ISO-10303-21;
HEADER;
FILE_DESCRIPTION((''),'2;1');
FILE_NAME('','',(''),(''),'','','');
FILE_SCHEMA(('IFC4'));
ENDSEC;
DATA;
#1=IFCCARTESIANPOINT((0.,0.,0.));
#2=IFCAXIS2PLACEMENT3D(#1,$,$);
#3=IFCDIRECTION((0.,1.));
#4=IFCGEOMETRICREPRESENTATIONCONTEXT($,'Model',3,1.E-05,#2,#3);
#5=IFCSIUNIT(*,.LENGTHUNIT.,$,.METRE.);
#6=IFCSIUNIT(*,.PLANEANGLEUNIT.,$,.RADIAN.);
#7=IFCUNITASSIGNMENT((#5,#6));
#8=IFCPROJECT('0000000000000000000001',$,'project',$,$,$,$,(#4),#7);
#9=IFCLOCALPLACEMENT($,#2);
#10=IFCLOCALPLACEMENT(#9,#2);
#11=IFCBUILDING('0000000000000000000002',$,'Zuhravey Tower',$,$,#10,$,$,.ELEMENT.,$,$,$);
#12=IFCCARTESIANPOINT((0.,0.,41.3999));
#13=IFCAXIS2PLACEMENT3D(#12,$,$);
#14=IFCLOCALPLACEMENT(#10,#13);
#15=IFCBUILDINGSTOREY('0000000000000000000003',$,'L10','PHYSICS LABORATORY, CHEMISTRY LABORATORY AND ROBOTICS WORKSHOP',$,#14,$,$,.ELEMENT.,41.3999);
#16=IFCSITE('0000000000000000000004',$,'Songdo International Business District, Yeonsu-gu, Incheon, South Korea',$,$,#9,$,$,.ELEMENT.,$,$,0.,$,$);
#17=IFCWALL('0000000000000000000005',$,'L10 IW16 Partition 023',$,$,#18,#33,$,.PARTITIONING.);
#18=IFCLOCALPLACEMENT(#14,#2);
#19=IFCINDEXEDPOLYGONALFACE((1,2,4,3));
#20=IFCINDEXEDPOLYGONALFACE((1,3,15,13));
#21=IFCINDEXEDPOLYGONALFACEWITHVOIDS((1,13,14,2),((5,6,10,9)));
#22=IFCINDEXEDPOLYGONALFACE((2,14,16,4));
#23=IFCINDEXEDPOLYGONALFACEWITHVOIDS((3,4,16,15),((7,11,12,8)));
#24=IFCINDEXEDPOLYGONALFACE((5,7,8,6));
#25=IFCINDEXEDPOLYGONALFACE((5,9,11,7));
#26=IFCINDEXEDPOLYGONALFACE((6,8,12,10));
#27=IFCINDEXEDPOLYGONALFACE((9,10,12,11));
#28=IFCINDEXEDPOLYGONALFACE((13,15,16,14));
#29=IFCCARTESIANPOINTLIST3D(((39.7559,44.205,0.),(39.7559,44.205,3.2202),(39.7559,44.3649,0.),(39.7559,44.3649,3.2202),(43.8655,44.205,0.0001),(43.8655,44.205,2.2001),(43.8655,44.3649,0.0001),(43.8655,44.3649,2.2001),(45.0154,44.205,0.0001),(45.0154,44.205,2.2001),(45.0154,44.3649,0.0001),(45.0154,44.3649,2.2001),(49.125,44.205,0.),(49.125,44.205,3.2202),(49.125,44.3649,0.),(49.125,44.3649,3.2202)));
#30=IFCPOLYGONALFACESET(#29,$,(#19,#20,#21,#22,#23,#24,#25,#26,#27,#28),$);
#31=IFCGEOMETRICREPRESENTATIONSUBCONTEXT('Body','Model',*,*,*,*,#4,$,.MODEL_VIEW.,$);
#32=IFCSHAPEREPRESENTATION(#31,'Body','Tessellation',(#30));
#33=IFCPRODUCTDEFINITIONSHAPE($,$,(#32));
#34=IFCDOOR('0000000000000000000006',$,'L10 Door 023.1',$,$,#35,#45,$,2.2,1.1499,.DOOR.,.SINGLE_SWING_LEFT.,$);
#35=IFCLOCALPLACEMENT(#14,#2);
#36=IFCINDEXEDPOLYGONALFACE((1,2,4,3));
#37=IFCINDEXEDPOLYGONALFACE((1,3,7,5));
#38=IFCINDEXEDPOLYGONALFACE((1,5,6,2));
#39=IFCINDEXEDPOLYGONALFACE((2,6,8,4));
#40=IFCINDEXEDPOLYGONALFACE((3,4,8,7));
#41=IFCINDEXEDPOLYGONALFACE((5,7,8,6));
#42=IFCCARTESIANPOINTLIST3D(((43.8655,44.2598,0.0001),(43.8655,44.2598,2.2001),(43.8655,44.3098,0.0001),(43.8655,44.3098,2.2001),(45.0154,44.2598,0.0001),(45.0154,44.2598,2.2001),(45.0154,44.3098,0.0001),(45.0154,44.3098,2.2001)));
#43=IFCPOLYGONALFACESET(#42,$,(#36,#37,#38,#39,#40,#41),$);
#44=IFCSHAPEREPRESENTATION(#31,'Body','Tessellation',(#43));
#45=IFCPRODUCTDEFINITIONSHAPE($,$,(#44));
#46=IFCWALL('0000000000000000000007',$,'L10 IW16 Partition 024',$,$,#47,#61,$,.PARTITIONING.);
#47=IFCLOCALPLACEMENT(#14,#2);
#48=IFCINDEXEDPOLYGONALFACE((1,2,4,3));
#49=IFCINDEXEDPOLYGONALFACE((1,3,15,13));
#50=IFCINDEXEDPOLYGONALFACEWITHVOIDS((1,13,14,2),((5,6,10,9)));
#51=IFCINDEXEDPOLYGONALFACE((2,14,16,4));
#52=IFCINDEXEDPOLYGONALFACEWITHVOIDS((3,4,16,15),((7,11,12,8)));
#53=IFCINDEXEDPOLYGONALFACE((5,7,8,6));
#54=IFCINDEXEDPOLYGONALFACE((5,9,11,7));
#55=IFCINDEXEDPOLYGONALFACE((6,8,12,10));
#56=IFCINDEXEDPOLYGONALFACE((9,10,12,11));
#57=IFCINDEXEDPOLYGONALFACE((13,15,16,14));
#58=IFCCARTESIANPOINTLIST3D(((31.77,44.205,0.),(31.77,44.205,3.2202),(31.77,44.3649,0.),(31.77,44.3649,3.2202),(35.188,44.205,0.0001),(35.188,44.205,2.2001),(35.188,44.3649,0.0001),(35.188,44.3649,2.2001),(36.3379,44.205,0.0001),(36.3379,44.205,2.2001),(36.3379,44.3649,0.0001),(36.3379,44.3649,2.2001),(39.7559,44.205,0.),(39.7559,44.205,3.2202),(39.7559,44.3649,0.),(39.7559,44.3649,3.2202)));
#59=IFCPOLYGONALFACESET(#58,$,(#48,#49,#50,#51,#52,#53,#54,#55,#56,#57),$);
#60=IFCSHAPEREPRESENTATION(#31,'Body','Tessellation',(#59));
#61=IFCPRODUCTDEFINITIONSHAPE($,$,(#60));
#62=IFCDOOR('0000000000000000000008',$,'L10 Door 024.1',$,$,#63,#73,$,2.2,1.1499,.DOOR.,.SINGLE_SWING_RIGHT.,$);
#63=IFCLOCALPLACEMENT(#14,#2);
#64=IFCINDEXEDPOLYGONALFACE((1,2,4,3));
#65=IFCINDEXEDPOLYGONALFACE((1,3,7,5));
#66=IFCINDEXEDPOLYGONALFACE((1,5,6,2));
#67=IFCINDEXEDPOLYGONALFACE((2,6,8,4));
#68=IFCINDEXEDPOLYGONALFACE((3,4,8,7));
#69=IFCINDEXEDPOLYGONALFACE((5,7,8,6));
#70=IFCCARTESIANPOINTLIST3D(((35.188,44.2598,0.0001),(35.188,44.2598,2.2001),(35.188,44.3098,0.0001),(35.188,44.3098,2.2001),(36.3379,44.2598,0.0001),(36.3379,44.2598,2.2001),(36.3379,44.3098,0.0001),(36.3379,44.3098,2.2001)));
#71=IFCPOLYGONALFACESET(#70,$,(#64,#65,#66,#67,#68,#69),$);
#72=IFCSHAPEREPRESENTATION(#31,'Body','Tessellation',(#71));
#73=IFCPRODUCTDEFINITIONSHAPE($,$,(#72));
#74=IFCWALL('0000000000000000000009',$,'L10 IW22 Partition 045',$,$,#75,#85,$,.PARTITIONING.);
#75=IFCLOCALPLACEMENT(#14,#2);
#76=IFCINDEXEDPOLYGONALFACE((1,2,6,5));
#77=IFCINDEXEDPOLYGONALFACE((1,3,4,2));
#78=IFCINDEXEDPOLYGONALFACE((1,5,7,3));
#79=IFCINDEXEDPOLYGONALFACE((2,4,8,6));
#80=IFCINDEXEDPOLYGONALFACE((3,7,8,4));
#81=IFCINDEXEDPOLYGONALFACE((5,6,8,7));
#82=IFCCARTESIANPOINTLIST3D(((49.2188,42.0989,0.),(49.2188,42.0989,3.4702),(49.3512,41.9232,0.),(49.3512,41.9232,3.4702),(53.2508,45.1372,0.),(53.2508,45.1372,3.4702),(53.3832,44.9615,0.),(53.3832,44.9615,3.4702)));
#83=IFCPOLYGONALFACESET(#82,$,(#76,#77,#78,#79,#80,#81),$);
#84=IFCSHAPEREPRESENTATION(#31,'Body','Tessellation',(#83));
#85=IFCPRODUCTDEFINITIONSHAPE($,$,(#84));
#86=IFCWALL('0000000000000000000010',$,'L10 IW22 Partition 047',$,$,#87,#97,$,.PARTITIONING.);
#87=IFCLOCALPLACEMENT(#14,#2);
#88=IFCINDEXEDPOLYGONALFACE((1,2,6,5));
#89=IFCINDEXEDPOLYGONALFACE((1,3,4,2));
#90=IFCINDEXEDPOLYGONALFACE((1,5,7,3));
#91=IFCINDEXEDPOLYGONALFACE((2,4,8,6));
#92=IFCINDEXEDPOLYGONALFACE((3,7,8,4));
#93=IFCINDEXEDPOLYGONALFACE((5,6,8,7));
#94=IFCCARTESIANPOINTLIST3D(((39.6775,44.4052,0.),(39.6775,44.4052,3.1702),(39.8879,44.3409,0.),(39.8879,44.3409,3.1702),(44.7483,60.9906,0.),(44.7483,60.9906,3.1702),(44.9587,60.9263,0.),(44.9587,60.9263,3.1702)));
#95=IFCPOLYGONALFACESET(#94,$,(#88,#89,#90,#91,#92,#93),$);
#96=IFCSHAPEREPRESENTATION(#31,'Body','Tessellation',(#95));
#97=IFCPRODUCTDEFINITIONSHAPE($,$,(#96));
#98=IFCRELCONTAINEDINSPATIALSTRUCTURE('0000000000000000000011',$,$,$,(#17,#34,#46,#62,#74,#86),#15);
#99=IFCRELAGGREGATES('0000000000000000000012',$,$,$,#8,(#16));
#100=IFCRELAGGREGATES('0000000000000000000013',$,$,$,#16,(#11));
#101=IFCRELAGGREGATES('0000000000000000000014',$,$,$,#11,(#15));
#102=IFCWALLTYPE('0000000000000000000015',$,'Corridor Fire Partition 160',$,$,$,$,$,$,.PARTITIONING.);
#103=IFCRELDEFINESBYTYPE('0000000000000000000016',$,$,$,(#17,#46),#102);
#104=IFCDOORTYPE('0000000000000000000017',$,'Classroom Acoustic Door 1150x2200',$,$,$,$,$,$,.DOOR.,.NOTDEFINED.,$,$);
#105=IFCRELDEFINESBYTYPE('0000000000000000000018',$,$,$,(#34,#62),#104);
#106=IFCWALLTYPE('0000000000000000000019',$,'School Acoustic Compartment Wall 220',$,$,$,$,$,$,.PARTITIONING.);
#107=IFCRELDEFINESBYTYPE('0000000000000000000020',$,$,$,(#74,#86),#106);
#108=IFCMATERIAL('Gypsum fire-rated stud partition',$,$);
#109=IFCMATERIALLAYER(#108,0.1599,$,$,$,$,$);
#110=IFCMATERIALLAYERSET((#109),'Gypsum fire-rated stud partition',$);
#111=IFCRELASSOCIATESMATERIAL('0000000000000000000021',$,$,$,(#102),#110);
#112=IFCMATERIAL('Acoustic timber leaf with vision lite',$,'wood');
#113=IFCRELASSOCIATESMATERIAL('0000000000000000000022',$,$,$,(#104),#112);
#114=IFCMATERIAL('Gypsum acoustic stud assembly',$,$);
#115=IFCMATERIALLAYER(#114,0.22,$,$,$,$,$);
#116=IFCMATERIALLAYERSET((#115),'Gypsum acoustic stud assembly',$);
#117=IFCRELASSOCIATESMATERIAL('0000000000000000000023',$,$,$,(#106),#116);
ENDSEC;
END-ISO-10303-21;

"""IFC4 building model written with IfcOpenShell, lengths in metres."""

from ifc_helpers import new_model, si_unit, direction, frame, frame_2d, origin, place, context, subcontext, project, spatial, rectangle, extrude, material, layer, layer_set, type_object, element, fill, save


model = new_model("IFC4")

# Units and contexts
model_context = context("Model", 3, precision=1e-05, world=origin(), true_north=direction((0.0, 1.0)))
body_context = subcontext(model_context, "Body", "Model", "MODEL_VIEW")
ifc_project = project(units=[si_unit("LENGTHUNIT", "METRE"), si_unit("PLANEANGLEUNIT", "RADIAN")], contexts=[model_context])

# Site, building, storey
site_placement = place(None, origin())
site = spatial("IfcSite", under=ifc_project, at=site_placement, Name="Songdo International Business District, Yeonsu-gu, Incheon, South Korea", CompositionType="ELEMENT", RefElevation=0.0)
building_placement = place(site_placement, origin())
building = spatial("IfcBuilding", under=site, at=building_placement, Name="Zuhravey Tower", CompositionType="ELEMENT")
storey_placement = place(building_placement, frame((0.0, 0.0, 41.3999)))
storey = spatial("IfcBuildingStorey", under=building, at=storey_placement, Name="L10", Description="PHYSICS LABORATORY, CHEMISTRY LABORATORY AND ROBOTICS WORKSHOP", CompositionType="ELEMENT", Elevation=41.3999)

# Walls, openings, doors
ifc_material_1 = material(Name="Gypsum fire-rated stud partition")
ifc_layer_1 = layer(ifc_material_1, 0.1599)
ifc_layer_set_1 = layer_set([ifc_layer_1], Name="Gypsum fire-rated stud partition")
wall_type_1 = type_object("IfcWallType", Name="Corridor Fire Partition 160", PredefinedType="PARTITIONING", material=ifc_layer_set_1)
wall_1_placement = place(storey_placement, frame((49.125, 44.2849, 0.0), z_axis=(0.0, 0.0, 1.0), x_axis=(-1.0, 0.0, 0.0)))
wall_1 = element("IfcWall", 1, at=wall_1_placement, inside=storey, type_object=wall_type_1, Name="L10 IW16 Partition 023", PredefinedType="PARTITIONING", context=body_context, shape_type="SweptSolid", body=[
    extrude(rectangle(XDim=9.3691, YDim=0.1599, at=frame_2d((4.6846, 0.0))), origin(), (0.0, 0.0, 1.0), 3.2202),
])
opening_1_placement = place(wall_1_placement, frame((4.1096, 0.0, 0.0)))
opening_1 = element("IfcOpeningElement", 2, at=opening_1_placement, cuts=wall_1, PredefinedType="OPENING", context=body_context, shape_type="SweptSolid", body=[
    extrude(rectangle(XDim=1.1499, YDim=2.2, at=frame_2d((0.575, 1.1001))), frame((0.0, 0.092, 0.0), z_axis=(0.0, -1.0, 0.0), x_axis=(1.0, 0.0, 0.0)), (0.0, 0.0, 1.0), 0.1838),
])
ifc_material_2 = material(Name="Acoustic timber leaf with vision lite", Category="wood")
door_type = type_object("IfcDoorType", Name="Classroom Acoustic Door 1150x2200", OperationType="NOTDEFINED", PredefinedType="DOOR", material=ifc_material_2)
door_1_placement = place(opening_1_placement, frame((1.1499, 0.0, 0.0), z_axis=(0.0, 0.0, 1.0), x_axis=(-1.0, 0.0, 0.0)))
door_1 = element("IfcDoor", 3, at=door_1_placement, inside=storey, type_object=door_type, Name="L10 Door 023.1", OperationType="SINGLE_SWING_LEFT", OverallHeight=2.2, OverallWidth=1.1499, PredefinedType="DOOR", context=body_context, shape_type="SweptSolid", body=[
    extrude(rectangle(XDim=1.1499, YDim=2.2, at=frame_2d((0.575, 1.1001))), frame((0.0, 0.0249, 0.0), z_axis=(0.0, -1.0, 0.0), x_axis=(1.0, 0.0, 0.0)), (0.0, 0.0, 1.0), 0.05),
])
fill(opening_1, door_1)
wall_2_placement = place(storey_placement, frame((39.7559, 44.2849, 0.0), z_axis=(0.0, 0.0, 1.0), x_axis=(-1.0, 0.0, 0.0)))
wall_2 = element("IfcWall", 4, at=wall_2_placement, inside=storey, type_object=wall_type_1, Name="L10 IW16 Partition 024", PredefinedType="PARTITIONING", context=body_context, shape_type="SweptSolid", body=[
    extrude(rectangle(XDim=7.9858, YDim=0.1599, at=frame_2d((3.9929, 0.0))), origin(), (0.0, 0.0, 1.0), 3.2202),
])
opening_2_placement = place(wall_2_placement, frame((3.418, 0.0, 0.0)))
opening_2 = element("IfcOpeningElement", 5, at=opening_2_placement, cuts=wall_2, PredefinedType="OPENING", context=body_context, shape_type="SweptSolid", body=[
    extrude(rectangle(XDim=1.1499, YDim=2.2, at=frame_2d((0.575, 1.1001))), frame((0.0, 0.092, 0.0), z_axis=(0.0, -1.0, 0.0), x_axis=(1.0, 0.0, 0.0)), (0.0, 0.0, 1.0), 0.1838),
])
door_2_placement = place(opening_2_placement, frame((1.1499, 0.0, 0.0), z_axis=(0.0, 0.0, 1.0), x_axis=(-1.0, 0.0, 0.0)))
door_2 = element("IfcDoor", 6, at=door_2_placement, inside=storey, type_object=door_type, Name="L10 Door 024.1", OperationType="SINGLE_SWING_RIGHT", OverallHeight=2.2, OverallWidth=1.1499, PredefinedType="DOOR", context=body_context, shape_type="SweptSolid", body=[
    extrude(rectangle(XDim=1.1499, YDim=2.2, at=frame_2d((0.575, 1.1001))), frame((0.0, 0.0249, 0.0), z_axis=(0.0, -1.0, 0.0), x_axis=(1.0, 0.0, 0.0)), (0.0, 0.0, 1.0), 0.05),
])
fill(opening_2, door_2)

# Walls
ifc_material_3 = material(Name="Gypsum acoustic stud assembly")
ifc_layer_2 = layer(ifc_material_3, 0.22)
ifc_layer_set_2 = layer_set([ifc_layer_2], Name="Gypsum acoustic stud assembly")
wall_type_2 = type_object("IfcWallType", Name="School Acoustic Compartment Wall 220", PredefinedType="PARTITIONING", material=ifc_layer_set_2)
wall_3_placement = place(storey_placement, frame((49.2849, 42.011, 0.0), z_axis=(0.0, 0.0, 1.0), x_axis=(0.798634, 0.601817, 0.0)))
element("IfcWall", 7, at=wall_3_placement, inside=storey, type_object=wall_type_2, Name="L10 IW22 Partition 045", PredefinedType="PARTITIONING", context=body_context, shape_type="SweptSolid", body=[
    extrude(rectangle(XDim=5.0486, YDim=0.22, at=frame_2d((2.5244, 0.0))), origin(), (0.0, 0.0, 1.0), 3.4702),
])
wall_4_placement = place(storey_placement, frame((39.7827, 44.373, 0.0), z_axis=(0.0, 0.0, 1.0), x_axis=(0.292378, 0.956303, 0.0)))
element("IfcWall", 8, at=wall_4_placement, inside=storey, type_object=wall_type_2, Name="L10 IW22 Partition 047", PredefinedType="PARTITIONING", context=body_context, shape_type="SweptSolid", body=[
    extrude(rectangle(XDim=17.3433, YDim=0.22, at=frame_2d((8.6716, 0.0))), origin(), (0.0, 0.0, 1.0), 3.1702),
])

save(model, "model.ifc")
